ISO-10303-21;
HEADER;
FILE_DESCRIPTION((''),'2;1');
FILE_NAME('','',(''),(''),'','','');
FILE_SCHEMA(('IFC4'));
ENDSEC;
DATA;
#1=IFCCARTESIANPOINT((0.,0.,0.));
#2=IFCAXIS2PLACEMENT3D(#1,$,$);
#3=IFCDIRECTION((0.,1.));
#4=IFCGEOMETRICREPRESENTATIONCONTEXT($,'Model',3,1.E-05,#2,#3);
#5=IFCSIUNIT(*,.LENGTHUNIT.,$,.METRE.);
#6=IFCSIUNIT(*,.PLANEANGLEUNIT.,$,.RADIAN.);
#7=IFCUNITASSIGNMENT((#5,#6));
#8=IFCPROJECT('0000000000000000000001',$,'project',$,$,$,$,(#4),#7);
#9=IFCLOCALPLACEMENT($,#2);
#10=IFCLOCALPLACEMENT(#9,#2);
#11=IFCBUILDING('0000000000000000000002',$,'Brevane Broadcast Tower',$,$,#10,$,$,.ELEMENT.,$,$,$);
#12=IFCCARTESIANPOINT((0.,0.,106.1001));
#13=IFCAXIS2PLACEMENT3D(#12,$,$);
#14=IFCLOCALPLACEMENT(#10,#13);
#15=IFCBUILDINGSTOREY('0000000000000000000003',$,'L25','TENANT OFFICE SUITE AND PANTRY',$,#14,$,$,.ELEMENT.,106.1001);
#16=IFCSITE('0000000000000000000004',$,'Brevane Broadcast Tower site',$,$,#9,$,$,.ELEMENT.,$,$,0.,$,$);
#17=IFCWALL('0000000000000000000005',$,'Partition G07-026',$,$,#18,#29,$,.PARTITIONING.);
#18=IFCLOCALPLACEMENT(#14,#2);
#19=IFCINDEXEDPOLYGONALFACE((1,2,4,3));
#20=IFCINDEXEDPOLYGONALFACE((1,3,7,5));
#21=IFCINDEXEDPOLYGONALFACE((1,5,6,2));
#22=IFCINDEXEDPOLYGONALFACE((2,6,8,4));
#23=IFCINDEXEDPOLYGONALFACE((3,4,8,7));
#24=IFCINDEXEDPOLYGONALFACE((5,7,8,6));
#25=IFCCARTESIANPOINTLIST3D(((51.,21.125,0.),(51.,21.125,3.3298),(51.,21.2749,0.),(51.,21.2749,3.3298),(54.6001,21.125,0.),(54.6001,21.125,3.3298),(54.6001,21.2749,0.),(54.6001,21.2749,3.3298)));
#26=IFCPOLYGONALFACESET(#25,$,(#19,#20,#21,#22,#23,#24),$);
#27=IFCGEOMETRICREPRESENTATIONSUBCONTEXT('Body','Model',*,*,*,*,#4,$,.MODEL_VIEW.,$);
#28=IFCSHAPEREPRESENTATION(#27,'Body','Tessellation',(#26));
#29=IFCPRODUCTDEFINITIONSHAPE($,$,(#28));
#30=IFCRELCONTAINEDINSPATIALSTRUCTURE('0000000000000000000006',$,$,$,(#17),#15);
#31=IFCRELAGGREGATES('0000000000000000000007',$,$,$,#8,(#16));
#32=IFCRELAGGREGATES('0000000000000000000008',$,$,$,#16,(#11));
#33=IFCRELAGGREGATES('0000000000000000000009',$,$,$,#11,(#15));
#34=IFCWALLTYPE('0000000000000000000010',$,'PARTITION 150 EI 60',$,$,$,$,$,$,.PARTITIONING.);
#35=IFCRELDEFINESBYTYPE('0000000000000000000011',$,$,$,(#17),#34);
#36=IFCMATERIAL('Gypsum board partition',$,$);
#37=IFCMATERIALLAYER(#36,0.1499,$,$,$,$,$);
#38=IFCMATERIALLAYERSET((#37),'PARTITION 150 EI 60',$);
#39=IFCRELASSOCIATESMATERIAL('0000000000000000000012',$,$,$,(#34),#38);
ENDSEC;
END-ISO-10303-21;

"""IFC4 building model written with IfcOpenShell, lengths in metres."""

from ifc_helpers import new_model, si_unit, direction, frame, frame_2d, origin, place, context, subcontext, project, spatial, rectangle, extrude, material, layer, layer_set, type_object, element, save


model = new_model("IFC4")

# Units and contexts
model_context = context("Model", 3, precision=1e-05, world=origin(), true_north=direction((0.0, 1.0)))
body_context = subcontext(model_context, "Body", "Model", "MODEL_VIEW")
ifc_project = project(units=[si_unit("LENGTHUNIT", "METRE"), si_unit("PLANEANGLEUNIT", "RADIAN")], contexts=[model_context])

# Site, building, storey
site_placement = place(None, origin())
site = spatial("IfcSite", under=ifc_project, at=site_placement, Name="Brevane Broadcast Tower site", CompositionType="ELEMENT", RefElevation=0.0)
building_placement = place(site_placement, origin())
building = spatial("IfcBuilding", under=site, at=building_placement, Name="Brevane Broadcast Tower", CompositionType="ELEMENT")
storey_placement = place(building_placement, frame((0.0, 0.0, 106.1001)))
storey = spatial("IfcBuildingStorey", under=building, at=storey_placement, Name="L25", Description="TENANT OFFICE SUITE AND PANTRY", CompositionType="ELEMENT", Elevation=106.1001)

# Shared definitions
ifc_material_1 = material(Name="Gypsum board partition")

# Shared definitions
ifc_layer_1 = layer(ifc_material_1, 0.1499)
ifc_layer_set_1 = layer_set([ifc_layer_1], Name="PARTITION 150 EI 60")
wall_type_1 = type_object("IfcWallType", Name="PARTITION 150 EI 60", PredefinedType="PARTITIONING", material=ifc_layer_set_1)

# Wall
wall_1_placement = place(storey_placement, frame((51.0, 21.2, 0.0), z_axis=(0.0, 0.0, 1.0), x_axis=(1.0, 0.0, 0.0)))
element("IfcWall", 1, at=wall_1_placement, inside=storey, type_object=wall_type_1, Name="Partition G07-026", PredefinedType="PARTITIONING", context=body_context, shape_type="SweptSolid", body=[
    extrude(rectangle(XDim=3.6001, YDim=0.1499, at=frame_2d((1.8, 0.0))), origin(), (0.0, 0.0, 1.0), 3.3298),
])

save(model, "model.ifc")
